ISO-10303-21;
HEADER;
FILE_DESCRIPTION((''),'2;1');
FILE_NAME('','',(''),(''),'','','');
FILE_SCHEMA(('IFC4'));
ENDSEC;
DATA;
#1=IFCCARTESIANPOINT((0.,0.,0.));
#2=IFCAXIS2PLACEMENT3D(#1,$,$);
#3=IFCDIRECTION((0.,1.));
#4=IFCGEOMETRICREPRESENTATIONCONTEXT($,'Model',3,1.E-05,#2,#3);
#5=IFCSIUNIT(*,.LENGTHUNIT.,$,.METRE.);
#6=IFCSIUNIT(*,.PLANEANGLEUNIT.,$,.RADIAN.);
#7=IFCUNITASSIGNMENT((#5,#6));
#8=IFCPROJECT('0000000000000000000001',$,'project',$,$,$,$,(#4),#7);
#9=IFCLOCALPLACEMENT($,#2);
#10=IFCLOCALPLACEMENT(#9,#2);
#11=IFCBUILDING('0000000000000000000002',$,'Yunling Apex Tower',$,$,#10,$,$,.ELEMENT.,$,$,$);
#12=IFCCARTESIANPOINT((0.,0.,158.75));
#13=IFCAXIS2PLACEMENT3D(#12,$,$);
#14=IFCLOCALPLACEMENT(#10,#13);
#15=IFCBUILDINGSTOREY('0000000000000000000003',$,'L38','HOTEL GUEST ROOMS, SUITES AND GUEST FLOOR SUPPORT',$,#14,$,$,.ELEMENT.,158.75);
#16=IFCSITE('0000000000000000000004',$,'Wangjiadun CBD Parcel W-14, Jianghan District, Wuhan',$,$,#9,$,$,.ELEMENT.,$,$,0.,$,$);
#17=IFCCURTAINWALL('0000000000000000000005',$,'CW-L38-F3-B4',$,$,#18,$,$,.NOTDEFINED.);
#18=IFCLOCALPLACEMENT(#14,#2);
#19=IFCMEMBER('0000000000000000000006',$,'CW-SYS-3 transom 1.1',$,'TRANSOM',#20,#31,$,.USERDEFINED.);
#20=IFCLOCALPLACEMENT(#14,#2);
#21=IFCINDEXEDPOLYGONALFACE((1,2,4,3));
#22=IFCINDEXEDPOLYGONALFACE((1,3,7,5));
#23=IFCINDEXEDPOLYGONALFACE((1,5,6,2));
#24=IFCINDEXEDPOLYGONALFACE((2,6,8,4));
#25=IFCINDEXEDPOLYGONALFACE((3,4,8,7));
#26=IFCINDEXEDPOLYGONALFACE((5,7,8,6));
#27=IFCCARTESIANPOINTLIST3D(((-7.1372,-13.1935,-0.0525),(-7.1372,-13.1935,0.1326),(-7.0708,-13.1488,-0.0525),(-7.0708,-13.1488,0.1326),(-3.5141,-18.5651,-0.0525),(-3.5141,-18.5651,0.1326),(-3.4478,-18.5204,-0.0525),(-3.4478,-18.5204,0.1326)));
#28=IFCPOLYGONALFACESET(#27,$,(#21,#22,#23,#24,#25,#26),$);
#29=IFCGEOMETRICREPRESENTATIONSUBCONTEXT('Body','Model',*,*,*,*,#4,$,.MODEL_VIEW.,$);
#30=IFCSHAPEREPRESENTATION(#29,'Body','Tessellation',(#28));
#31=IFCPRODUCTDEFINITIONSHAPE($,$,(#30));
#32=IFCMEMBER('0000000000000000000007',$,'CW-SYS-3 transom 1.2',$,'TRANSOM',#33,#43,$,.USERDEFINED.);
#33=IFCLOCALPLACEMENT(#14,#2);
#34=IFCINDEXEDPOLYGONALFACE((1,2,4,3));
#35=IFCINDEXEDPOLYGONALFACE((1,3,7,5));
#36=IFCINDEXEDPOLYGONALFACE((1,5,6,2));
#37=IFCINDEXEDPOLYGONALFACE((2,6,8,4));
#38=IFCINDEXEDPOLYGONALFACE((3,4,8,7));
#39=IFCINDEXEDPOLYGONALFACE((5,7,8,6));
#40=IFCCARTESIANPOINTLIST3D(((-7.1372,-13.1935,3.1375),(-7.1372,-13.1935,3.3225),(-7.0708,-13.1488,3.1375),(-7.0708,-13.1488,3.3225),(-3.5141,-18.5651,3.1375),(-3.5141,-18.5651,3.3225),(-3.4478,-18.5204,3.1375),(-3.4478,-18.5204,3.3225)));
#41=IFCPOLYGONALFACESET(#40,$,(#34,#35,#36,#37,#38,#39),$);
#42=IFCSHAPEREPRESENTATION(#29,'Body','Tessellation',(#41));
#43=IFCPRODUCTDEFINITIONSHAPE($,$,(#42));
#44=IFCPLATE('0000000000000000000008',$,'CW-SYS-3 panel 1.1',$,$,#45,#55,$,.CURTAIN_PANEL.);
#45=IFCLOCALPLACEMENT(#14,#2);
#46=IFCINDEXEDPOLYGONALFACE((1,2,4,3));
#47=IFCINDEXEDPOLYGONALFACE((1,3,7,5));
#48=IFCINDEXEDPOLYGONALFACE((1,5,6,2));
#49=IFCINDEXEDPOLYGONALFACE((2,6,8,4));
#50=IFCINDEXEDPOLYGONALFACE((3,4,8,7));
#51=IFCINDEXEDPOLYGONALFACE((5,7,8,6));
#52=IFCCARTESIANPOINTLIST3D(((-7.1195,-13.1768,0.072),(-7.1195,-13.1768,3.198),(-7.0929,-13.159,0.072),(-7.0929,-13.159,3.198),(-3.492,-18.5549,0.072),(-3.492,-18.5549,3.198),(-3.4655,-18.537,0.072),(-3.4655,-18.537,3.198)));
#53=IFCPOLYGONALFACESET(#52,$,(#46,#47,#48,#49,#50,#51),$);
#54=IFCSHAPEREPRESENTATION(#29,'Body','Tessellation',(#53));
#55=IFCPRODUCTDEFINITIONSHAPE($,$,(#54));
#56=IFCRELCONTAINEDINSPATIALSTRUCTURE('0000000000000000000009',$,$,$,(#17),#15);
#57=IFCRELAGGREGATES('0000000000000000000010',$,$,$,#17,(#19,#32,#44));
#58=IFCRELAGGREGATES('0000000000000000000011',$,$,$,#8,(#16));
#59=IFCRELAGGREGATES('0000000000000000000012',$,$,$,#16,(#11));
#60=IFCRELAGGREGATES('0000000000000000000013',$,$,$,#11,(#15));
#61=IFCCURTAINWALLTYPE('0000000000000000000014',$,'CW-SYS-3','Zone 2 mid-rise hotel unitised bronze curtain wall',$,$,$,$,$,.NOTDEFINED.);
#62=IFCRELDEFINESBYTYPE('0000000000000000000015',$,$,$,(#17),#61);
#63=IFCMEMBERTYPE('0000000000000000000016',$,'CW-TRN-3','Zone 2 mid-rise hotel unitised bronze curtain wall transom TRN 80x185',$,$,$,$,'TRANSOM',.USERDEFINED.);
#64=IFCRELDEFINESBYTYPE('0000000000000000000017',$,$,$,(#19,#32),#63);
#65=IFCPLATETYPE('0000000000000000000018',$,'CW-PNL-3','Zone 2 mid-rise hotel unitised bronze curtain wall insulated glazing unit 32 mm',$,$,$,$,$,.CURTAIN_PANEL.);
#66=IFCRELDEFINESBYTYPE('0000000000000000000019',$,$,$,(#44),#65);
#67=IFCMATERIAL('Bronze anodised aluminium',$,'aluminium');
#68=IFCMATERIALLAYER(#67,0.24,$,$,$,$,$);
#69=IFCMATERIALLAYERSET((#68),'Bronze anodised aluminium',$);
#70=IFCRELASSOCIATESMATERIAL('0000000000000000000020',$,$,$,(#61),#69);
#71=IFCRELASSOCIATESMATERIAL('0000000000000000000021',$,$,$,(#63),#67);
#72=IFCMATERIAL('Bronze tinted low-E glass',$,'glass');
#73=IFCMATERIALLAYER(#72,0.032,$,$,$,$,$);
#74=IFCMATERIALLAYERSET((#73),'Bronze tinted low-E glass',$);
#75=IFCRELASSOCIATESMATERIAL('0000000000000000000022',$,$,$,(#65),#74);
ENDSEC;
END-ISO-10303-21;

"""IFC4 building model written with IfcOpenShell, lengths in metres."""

from ifc_helpers import new_model, si_unit, direction, frame, origin, origin_2d, place, context, subcontext, project, spatial, rectangle, extrude, source, transform, mapped, material, layer, layer_set, material_profile, profile_set, type_object, element, aggregate, save


model = new_model("IFC4")

# Units and contexts
model_context = context("Model", 3, precision=1e-05, world=origin(), true_north=direction((0.0, 1.0)))
body_context = subcontext(model_context, "Body", "Model", "MODEL_VIEW")
ifc_project = project(units=[si_unit("LENGTHUNIT", "METRE"), si_unit("PLANEANGLEUNIT", "RADIAN")], contexts=[model_context])

# Site, building, storey
site_placement = place(None, origin())
site = spatial("IfcSite", under=ifc_project, at=site_placement, Name="Wangjiadun CBD Parcel W-14, Jianghan District, Wuhan", CompositionType="ELEMENT", RefElevation=0.0)
building_placement = place(site_placement, origin())
building = spatial("IfcBuilding", under=site, at=building_placement, Name="Yunling Apex Tower", CompositionType="ELEMENT")
storey_placement = place(building_placement, frame((0.0, 0.0, 158.75)))
storey = spatial("IfcBuildingStorey", under=building, at=storey_placement, Name="L38", Description="HOTEL GUEST ROOMS, SUITES AND GUEST FLOOR SUPPORT", CompositionType="ELEMENT", Elevation=158.75)

# Shared definitions
ifc_material_1 = material(Name="Bronze anodised aluminium", Category="aluminium")
ifc_layer_1 = layer(ifc_material_1, 0.24)
ifc_layer_set_1 = layer_set([ifc_layer_1], Name="Bronze anodised aluminium")
curtain_wall_type = type_object("IfcCurtainWallType", Name="CW-SYS-3", Description="Zone 2 mid-rise hotel unitised bronze curtain wall", PredefinedType="NOTDEFINED", material=ifc_layer_set_1)

# Curtain wall
curtain_wall_1_placement = place(storey_placement, origin())
curtain_wall_1 = element("IfcCurtainWall", 1, at=curtain_wall_1_placement, inside=storey, type_object=curtain_wall_type, Name="CW-L38-F3-B4", PredefinedType="NOTDEFINED")
ifc_material_profile_1 = material_profile(ifc_material_1, rectangle(XDim=0.0801, YDim=0.1851, at=origin_2d()))
ifc_profile_set_1 = profile_set([ifc_material_profile_1], Name="Bronze anodised aluminium")
member_type_1 = type_object("IfcMemberType", Name="CW-TRN-3", Description="Zone 2 mid-rise hotel unitised bronze curtain wall transom TRN 80x185", ElementType="TRANSOM", PredefinedType="USERDEFINED", material=ifc_profile_set_1)

# Members
shared_shape_1 = source(origin(), body_context, "Body", "SweptSolid", [
    extrude(rectangle(XDim=0.0801, YDim=0.1851, at=origin_2d()), origin(), (0.0, 0.0, 1.0), 6.4792),
])
member_1_placement = place(storey_placement, frame((-7.104, -13.1711, 0.04), z_axis=(0.559179, -0.829047, 0.0), x_axis=(0.829047, 0.559179, 0.0)))
member_1 = element("IfcMember", 2, at=member_1_placement, type_object=member_type_1, Name="CW-SYS-3 transom 1.1", ObjectType="TRANSOM", PredefinedType="USERDEFINED", context=body_context, shape_type="MappedRepresentation", body=[
    mapped(shared_shape_1, transform((0.0, 0.0, 0.0), scale=1.0)),
])
member_2_placement = place(storey_placement, frame((-7.104, -13.1711, 3.23), z_axis=(0.559179, -0.829047, 0.0), x_axis=(0.829047, 0.559179, 0.0)))
member_2 = element("IfcMember", 3, at=member_2_placement, type_object=member_type_1, Name="CW-SYS-3 transom 1.2", ObjectType="TRANSOM", PredefinedType="USERDEFINED", context=body_context, shape_type="MappedRepresentation", body=[
    mapped(shared_shape_1, transform((0.0, 0.0, 0.0), scale=1.0)),
])

# Plate
ifc_material_2 = material(Name="Bronze tinted low-E glass", Category="glass")
ifc_layer_2 = layer(ifc_material_2, 0.032)
ifc_layer_set_2 = layer_set([ifc_layer_2], Name="Bronze tinted low-E glass")
plate_type = type_object("IfcPlateType", Name="CW-PNL-3", Description="Zone 2 mid-rise hotel unitised bronze curtain wall insulated glazing unit 32 mm", PredefinedType="CURTAIN_PANEL", material=ifc_layer_set_2)
shared_shape_2 = source(origin(), body_context, "Body", "SweptSolid", [
    extrude(rectangle(XDim=6.4871, YDim=0.032, at=origin_2d()), origin(), (0.0, 0.0, 1.0), 3.126),
])
plate_placement = place(storey_placement, frame((-5.2925, -15.8569, 0.072), z_axis=(0.0, 0.0, 1.0), x_axis=(0.559181, -0.829045, 0.0)))
plate = element("IfcPlate", 4, at=plate_placement, type_object=plate_type, Name="CW-SYS-3 panel 1.1", PredefinedType="CURTAIN_PANEL", context=body_context, shape_type="MappedRepresentation", body=[
    mapped(shared_shape_2, transform((0.0, 0.0, 0.0), scale=1.0)),
])
aggregate(curtain_wall_1, [member_1, member_2, plate])

save(model, "model.ifc")
